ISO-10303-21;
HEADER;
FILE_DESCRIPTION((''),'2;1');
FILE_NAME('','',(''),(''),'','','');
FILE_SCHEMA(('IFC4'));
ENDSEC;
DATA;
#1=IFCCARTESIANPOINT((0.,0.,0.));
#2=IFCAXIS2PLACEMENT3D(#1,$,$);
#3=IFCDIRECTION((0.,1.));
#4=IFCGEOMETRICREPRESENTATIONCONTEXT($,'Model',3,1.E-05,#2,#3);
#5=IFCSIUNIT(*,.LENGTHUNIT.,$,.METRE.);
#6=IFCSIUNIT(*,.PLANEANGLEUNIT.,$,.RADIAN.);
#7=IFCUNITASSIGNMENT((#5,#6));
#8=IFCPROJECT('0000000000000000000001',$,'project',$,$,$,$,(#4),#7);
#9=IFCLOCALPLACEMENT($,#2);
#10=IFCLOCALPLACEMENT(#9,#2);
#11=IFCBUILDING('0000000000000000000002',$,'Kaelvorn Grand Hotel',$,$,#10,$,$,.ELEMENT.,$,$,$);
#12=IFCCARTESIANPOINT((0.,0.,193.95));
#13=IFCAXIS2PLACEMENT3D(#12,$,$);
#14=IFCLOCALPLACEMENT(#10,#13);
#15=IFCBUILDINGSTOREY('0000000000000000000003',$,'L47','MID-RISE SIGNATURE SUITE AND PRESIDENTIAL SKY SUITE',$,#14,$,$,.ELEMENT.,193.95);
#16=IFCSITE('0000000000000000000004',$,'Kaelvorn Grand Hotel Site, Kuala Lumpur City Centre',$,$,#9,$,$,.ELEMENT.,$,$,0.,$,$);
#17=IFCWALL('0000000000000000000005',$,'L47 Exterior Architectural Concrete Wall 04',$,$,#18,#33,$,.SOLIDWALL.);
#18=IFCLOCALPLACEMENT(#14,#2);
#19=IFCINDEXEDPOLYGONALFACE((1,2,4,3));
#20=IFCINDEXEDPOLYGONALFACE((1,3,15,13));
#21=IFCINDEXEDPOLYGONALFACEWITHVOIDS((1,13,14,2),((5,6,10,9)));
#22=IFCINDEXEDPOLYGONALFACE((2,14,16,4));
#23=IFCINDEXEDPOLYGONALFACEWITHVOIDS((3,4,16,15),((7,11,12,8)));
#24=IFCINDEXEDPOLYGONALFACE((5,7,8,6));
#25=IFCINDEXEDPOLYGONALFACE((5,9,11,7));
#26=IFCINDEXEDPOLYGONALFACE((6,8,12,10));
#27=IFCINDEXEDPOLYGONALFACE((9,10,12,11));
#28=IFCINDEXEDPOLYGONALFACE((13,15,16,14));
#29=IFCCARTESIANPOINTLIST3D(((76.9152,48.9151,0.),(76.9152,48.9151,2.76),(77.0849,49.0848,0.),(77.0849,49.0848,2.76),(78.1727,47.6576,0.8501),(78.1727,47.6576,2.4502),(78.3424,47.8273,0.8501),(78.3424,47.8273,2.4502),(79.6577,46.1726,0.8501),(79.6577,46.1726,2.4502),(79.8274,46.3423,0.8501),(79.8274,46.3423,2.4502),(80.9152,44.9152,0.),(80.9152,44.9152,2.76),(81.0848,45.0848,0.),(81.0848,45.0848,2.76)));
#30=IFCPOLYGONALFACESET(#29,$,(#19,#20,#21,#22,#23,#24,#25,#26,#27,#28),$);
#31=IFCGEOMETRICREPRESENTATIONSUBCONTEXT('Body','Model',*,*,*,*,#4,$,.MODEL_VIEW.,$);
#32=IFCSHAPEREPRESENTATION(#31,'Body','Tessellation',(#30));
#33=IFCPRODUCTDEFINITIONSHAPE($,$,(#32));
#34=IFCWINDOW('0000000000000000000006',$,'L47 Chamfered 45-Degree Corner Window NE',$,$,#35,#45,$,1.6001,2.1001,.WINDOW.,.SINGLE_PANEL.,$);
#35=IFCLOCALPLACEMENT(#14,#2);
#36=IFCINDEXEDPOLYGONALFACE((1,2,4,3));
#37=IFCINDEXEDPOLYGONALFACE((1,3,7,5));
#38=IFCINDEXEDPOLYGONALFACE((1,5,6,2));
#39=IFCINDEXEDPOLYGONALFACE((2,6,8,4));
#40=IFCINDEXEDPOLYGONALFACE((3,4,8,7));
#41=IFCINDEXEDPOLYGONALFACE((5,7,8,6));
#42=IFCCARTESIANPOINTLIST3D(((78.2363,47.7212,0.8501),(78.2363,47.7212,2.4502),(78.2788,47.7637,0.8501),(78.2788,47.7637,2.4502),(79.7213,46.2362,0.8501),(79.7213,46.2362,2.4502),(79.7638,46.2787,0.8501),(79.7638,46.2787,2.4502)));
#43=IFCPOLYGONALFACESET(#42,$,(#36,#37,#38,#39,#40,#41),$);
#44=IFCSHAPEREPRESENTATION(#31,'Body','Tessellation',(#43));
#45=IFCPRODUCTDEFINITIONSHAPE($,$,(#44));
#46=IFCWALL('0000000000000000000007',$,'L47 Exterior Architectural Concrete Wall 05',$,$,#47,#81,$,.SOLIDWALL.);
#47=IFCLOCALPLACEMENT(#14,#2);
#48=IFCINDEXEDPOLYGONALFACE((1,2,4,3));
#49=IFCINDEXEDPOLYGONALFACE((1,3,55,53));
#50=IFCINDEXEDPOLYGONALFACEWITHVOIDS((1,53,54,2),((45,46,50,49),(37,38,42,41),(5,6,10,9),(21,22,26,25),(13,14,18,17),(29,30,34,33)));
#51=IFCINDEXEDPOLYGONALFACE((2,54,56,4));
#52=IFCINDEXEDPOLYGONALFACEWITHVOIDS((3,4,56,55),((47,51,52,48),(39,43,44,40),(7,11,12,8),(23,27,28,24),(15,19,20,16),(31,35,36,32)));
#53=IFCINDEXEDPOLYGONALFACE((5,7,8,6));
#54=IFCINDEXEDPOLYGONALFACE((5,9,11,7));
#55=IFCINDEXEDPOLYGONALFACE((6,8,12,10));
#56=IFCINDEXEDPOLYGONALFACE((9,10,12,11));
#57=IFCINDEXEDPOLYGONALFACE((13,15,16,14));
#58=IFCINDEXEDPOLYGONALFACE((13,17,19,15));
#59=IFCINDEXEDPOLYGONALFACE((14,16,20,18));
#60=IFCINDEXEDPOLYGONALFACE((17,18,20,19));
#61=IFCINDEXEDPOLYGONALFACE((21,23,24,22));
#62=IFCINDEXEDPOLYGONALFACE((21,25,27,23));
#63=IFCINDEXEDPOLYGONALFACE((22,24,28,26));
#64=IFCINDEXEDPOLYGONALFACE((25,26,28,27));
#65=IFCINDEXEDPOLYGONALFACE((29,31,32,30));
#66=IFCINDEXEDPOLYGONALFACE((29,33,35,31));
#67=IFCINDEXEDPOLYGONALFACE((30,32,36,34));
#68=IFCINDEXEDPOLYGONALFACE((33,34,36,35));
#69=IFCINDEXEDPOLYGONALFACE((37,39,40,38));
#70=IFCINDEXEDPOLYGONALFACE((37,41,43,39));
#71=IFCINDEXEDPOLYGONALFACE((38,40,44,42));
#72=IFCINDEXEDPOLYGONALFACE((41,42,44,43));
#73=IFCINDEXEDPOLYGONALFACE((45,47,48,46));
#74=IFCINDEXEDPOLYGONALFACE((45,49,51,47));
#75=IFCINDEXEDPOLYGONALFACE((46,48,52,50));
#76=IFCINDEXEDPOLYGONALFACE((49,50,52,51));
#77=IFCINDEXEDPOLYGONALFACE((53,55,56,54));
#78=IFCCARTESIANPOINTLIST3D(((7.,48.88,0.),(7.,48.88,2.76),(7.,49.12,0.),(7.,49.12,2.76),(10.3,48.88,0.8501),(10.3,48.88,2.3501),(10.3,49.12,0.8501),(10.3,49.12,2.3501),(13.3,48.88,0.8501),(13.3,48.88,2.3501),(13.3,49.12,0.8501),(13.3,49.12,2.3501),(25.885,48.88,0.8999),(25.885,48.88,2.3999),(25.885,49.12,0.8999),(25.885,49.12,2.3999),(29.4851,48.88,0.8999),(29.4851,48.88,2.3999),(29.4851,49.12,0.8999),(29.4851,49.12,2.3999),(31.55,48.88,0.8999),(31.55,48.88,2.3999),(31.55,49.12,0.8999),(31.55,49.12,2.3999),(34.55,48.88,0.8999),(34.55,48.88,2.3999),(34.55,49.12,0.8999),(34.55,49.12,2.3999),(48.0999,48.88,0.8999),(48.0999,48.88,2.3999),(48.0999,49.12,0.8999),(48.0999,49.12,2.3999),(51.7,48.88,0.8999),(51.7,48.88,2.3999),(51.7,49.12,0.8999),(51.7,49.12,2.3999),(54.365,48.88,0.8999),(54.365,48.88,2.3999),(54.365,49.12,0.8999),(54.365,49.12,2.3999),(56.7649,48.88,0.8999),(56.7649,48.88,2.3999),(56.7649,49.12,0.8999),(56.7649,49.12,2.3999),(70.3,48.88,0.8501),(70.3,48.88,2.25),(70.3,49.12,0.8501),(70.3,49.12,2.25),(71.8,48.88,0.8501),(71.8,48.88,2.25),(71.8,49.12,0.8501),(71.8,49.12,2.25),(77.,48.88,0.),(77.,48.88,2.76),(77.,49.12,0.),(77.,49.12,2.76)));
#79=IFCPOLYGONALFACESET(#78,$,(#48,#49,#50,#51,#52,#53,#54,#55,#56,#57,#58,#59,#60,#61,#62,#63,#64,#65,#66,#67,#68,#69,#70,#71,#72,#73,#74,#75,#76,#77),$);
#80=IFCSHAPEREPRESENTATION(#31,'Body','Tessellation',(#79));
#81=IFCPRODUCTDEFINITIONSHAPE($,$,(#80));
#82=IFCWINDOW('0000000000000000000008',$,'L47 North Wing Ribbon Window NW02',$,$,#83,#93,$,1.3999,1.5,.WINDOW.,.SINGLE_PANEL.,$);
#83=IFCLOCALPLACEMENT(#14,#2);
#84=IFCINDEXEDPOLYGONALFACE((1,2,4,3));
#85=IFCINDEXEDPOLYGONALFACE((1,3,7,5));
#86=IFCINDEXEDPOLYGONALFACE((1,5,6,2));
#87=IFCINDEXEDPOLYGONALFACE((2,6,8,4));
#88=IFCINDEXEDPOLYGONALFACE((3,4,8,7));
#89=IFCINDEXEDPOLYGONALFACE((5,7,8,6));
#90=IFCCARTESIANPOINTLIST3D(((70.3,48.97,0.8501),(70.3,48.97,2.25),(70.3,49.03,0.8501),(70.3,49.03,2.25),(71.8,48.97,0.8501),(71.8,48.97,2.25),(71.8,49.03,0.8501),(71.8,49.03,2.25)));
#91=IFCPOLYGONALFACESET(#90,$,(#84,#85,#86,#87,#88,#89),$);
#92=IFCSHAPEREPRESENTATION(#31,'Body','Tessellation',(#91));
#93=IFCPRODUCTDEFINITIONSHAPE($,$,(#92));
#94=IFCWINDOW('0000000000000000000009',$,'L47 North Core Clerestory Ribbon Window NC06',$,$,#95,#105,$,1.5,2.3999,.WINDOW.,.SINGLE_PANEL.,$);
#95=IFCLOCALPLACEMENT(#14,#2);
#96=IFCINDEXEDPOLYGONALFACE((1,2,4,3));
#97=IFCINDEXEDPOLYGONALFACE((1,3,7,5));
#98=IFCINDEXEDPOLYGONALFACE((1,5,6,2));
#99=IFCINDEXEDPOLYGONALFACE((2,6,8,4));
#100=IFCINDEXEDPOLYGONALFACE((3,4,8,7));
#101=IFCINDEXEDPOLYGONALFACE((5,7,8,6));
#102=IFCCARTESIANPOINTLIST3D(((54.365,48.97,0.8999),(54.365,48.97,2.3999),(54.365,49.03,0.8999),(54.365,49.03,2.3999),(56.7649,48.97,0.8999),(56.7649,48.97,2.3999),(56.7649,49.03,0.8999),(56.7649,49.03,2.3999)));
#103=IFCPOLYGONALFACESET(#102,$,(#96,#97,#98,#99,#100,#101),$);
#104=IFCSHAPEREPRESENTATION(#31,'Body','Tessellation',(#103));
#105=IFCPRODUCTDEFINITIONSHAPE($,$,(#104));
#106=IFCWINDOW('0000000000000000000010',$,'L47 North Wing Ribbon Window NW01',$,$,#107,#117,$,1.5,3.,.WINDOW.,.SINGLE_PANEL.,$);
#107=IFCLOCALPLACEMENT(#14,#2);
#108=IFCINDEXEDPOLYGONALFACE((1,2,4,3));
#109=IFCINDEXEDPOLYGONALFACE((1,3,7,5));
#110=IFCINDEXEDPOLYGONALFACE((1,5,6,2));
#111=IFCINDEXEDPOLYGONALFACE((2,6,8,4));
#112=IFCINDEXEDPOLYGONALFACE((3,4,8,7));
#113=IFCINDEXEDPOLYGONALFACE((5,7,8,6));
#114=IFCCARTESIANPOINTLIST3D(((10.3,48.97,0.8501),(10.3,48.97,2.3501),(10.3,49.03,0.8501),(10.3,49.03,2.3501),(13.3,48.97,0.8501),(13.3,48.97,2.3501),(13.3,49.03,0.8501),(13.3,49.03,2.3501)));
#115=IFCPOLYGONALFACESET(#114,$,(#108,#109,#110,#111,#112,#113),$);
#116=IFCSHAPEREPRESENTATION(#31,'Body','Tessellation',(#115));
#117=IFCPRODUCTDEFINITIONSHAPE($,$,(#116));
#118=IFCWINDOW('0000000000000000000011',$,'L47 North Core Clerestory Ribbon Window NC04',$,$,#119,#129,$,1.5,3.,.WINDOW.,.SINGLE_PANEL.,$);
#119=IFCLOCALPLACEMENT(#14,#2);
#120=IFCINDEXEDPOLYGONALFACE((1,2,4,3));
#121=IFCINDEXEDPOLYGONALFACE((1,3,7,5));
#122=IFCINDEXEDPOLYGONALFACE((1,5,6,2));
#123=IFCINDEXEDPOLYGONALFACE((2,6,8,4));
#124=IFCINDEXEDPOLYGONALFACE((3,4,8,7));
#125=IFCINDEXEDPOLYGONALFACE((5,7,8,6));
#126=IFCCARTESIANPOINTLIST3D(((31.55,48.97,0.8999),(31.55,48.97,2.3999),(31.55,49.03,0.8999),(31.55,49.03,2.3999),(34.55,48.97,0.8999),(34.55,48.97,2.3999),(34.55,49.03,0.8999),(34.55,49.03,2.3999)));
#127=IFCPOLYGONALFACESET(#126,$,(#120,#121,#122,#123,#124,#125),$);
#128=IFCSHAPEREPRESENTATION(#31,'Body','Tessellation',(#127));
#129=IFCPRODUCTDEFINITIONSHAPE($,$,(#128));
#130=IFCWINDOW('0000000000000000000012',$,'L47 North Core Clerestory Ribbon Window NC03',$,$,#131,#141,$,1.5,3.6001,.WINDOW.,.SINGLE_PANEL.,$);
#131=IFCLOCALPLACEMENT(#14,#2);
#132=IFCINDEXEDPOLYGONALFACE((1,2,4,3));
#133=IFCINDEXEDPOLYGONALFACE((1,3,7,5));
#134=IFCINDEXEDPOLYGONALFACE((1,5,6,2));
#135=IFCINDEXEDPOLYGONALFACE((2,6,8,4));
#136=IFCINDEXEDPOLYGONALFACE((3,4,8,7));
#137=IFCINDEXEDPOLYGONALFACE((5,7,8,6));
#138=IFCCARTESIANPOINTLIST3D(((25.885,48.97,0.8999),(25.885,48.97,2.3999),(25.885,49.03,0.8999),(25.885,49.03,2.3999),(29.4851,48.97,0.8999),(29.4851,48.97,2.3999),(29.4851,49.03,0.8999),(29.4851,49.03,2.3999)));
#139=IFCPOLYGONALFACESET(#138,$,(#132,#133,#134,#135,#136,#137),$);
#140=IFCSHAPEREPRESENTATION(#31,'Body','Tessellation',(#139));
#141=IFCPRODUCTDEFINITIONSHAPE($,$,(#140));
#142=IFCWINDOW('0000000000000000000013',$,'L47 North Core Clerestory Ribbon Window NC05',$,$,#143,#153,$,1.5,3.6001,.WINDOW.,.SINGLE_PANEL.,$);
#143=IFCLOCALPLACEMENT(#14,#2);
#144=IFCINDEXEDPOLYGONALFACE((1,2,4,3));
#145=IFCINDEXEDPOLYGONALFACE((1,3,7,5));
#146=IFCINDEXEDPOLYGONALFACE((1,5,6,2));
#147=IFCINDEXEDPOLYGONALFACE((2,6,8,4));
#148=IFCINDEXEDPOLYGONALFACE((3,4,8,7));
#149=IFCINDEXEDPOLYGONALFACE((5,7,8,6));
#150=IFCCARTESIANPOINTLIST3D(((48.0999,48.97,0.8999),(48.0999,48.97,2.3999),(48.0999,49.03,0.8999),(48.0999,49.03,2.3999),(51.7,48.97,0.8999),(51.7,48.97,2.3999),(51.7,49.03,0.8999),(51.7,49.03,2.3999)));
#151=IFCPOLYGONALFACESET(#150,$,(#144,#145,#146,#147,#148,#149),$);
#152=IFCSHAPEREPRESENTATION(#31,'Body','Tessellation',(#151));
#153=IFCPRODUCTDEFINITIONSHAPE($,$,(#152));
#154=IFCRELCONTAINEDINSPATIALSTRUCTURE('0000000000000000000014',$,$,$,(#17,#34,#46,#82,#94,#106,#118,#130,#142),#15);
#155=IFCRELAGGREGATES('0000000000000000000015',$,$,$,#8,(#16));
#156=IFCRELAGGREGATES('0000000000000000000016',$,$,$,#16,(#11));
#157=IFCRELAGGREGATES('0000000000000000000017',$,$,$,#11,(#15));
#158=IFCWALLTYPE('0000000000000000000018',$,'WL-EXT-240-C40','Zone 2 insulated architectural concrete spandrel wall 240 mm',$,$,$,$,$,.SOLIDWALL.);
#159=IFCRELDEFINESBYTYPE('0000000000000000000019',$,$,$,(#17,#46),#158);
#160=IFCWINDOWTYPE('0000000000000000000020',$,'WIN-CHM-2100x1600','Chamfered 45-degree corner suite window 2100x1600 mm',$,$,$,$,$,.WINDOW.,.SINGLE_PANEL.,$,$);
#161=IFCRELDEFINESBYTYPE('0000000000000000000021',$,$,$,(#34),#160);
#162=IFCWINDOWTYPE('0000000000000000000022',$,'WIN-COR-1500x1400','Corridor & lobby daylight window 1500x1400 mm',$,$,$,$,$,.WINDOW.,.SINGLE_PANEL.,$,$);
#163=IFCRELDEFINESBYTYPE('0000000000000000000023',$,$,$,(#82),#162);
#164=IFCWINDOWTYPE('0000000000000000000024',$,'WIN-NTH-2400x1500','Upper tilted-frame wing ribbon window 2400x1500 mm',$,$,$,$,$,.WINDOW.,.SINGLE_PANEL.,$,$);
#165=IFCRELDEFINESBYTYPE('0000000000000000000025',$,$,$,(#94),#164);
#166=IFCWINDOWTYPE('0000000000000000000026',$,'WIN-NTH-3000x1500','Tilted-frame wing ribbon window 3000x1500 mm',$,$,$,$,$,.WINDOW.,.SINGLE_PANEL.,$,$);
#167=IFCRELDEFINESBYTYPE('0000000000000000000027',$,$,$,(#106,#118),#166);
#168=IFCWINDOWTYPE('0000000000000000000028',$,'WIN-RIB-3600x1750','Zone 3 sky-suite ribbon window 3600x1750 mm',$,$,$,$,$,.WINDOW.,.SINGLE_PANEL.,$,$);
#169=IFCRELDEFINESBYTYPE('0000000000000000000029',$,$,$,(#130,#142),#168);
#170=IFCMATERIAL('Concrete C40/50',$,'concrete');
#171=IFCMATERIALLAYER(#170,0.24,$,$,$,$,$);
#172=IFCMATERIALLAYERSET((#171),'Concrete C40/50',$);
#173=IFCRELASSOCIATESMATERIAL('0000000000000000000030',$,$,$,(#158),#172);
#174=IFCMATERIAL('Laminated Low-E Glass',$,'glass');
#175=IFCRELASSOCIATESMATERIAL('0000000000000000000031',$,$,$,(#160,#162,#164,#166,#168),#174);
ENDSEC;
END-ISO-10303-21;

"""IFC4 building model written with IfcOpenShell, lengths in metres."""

from ifc_helpers import new_model, si_unit, direction, frame, frame_2d, origin, place, context, subcontext, project, spatial, rectangle, extrude, material, layer, layer_set, type_object, element, fill, save


model = new_model("IFC4")

# Units and contexts
model_context = context("Model", 3, precision=1e-05, world=origin(), true_north=direction((0.0, 1.0)))
body_context = subcontext(model_context, "Body", "Model", "MODEL_VIEW")
ifc_project = project(units=[si_unit("LENGTHUNIT", "METRE"), si_unit("PLANEANGLEUNIT", "RADIAN")], contexts=[model_context])

# Site, building, storey
site_placement = place(None, origin())
site = spatial("IfcSite", under=ifc_project, at=site_placement, Name="Kaelvorn Grand Hotel Site, Kuala Lumpur City Centre", CompositionType="ELEMENT", RefElevation=0.0)
building_placement = place(site_placement, origin())
building = spatial("IfcBuilding", under=site, at=building_placement, Name="Kaelvorn Grand Hotel", CompositionType="ELEMENT")
storey_placement = place(building_placement, frame((0.0, 0.0, 193.95)))
storey = spatial("IfcBuildingStorey", under=building, at=storey_placement, Name="L47", Description="MID-RISE SIGNATURE SUITE AND PRESIDENTIAL SKY SUITE", CompositionType="ELEMENT", Elevation=193.95)

# Wall, opening, window
ifc_material_1 = material(Name="Concrete C40/50", Category="concrete")
ifc_layer_1 = layer(ifc_material_1, 0.24)
ifc_layer_set_1 = layer_set([ifc_layer_1], Name="Concrete C40/50")
wall_type_1 = type_object("IfcWallType", Name="WL-EXT-240-C40", Description="Zone 2 insulated architectural concrete spandrel wall 240 mm", PredefinedType="SOLIDWALL", material=ifc_layer_set_1)
wall_1_placement = place(storey_placement, frame((81.0, 45.0, 0.0), z_axis=(0.0, 0.0, 1.0), x_axis=(-0.707107, 0.707107, 0.0)))
wall_1 = element("IfcWall", 1, at=wall_1_placement, inside=storey, type_object=wall_type_1, Name="L47 Exterior Architectural Concrete Wall 04", PredefinedType="SOLIDWALL", context=body_context, shape_type="SweptSolid", body=[
    extrude(rectangle(XDim=5.6567, YDim=0.24, at=frame_2d((2.8284, 0.0))), origin(), (0.0, 0.0, 1.0), 2.76),
])
opening_1_placement = place(wall_1_placement, frame((1.7783, 0.0, 0.8501)))
opening_1 = element("IfcOpeningElement", 2, at=opening_1_placement, cuts=wall_1, PredefinedType="OPENING", context=body_context, shape_type="SweptSolid", body=[
    extrude(rectangle(XDim=2.1001, YDim=1.6001, at=frame_2d((1.05, 0.8))), frame((0.0, 0.1299, 0.0), z_axis=(0.0, -1.0, 0.0), x_axis=(1.0, 0.0, 0.0)), (0.0, 0.0, 1.0), 0.26),
])
ifc_material_2 = material(Name="Laminated Low-E Glass", Category="glass")
window_type_1 = type_object("IfcWindowType", Name="WIN-CHM-2100x1600", Description="Chamfered 45-degree corner suite window 2100x1600 mm", PartitioningType="SINGLE_PANEL", PredefinedType="WINDOW", material=ifc_material_2)
window_1_placement = place(opening_1_placement, origin())
window_1 = element("IfcWindow", 3, at=window_1_placement, inside=storey, type_object=window_type_1, Name="L47 Chamfered 45-Degree Corner Window NE", OverallHeight=1.6001, OverallWidth=2.1001, PartitioningType="SINGLE_PANEL", PredefinedType="WINDOW", context=body_context, shape_type="SweptSolid", body=[
    extrude(rectangle(XDim=2.1001, YDim=1.6001, at=frame_2d((1.05, 0.8))), frame((0.0, 0.03, 0.0), z_axis=(0.0, -1.0, 0.0), x_axis=(1.0, 0.0, 0.0)), (0.0, 0.0, 1.0), 0.0601),
])
fill(opening_1, window_1)

# Wall, openings, windows
wall_2_placement = place(storey_placement, frame((77.0, 49.0, 0.0), z_axis=(0.0, 0.0, 1.0), x_axis=(-1.0, 0.0, 0.0)))
wall_2 = element("IfcWall", 4, at=wall_2_placement, inside=storey, type_object=wall_type_1, Name="L47 Exterior Architectural Concrete Wall 05", PredefinedType="SOLIDWALL", context=body_context, shape_type="SweptSolid", body=[
    extrude(rectangle(XDim=70.0, YDim=0.24, at=frame_2d((35.0, 0.0))), origin(), (0.0, 0.0, 1.0), 2.76),
])
opening_2_placement = place(wall_2_placement, frame((63.7, 0.0, 0.8501)))
opening_2 = element("IfcOpeningElement", 5, at=opening_2_placement, cuts=wall_2, PredefinedType="OPENING", context=body_context, shape_type="SweptSolid", body=[
    extrude(rectangle(XDim=3.0, YDim=1.5, at=frame_2d((1.5, 0.75))), frame((0.0, 0.1299, 0.0), z_axis=(0.0, -1.0, 0.0), x_axis=(1.0, 0.0, 0.0)), (0.0, 0.0, 1.0), 0.26),
])
opening_3_placement = place(wall_2_placement, frame((5.2, 0.0, 0.8501)))
opening_3 = element("IfcOpeningElement", 6, at=opening_3_placement, cuts=wall_2, PredefinedType="OPENING", context=body_context, shape_type="SweptSolid", body=[
    extrude(rectangle(XDim=1.5, YDim=1.3999, at=frame_2d((0.75, 0.7))), frame((0.0, 0.1299, 0.0), z_axis=(0.0, -1.0, 0.0), x_axis=(1.0, 0.0, 0.0)), (0.0, 0.0, 1.0), 0.26),
])
opening_4_placement = place(wall_2_placement, frame((47.5149, 0.0, 0.8999)))
opening_4 = element("IfcOpeningElement", 7, at=opening_4_placement, cuts=wall_2, PredefinedType="OPENING", context=body_context, shape_type="SweptSolid", body=[
    extrude(rectangle(XDim=3.6001, YDim=1.5, at=frame_2d((1.8, 0.75))), frame((0.0, 0.1299, 0.0), z_axis=(0.0, -1.0, 0.0), x_axis=(1.0, 0.0, 0.0)), (0.0, 0.0, 1.0), 0.26),
])
opening_5_placement = place(wall_2_placement, frame((42.45, 0.0, 0.8999)))
opening_5 = element("IfcOpeningElement", 8, at=opening_5_placement, cuts=wall_2, PredefinedType="OPENING", context=body_context, shape_type="SweptSolid", body=[
    extrude(rectangle(XDim=3.0, YDim=1.5, at=frame_2d((1.5, 0.75))), frame((0.0, 0.1299, 0.0), z_axis=(0.0, -1.0, 0.0), x_axis=(1.0, 0.0, 0.0)), (0.0, 0.0, 1.0), 0.26),
])
opening_6_placement = place(wall_2_placement, frame((25.3, 0.0, 0.8999)))
opening_6 = element("IfcOpeningElement", 9, at=opening_6_placement, cuts=wall_2, PredefinedType="OPENING", context=body_context, shape_type="SweptSolid", body=[
    extrude(rectangle(XDim=3.6001, YDim=1.5, at=frame_2d((1.8, 0.75))), frame((0.0, 0.1299, 0.0), z_axis=(0.0, -1.0, 0.0), x_axis=(1.0, 0.0, 0.0)), (0.0, 0.0, 1.0), 0.26),
])
opening_7_placement = place(wall_2_placement, frame((20.2351, 0.0, 0.8999)))
opening_7 = element("IfcOpeningElement", 10, at=opening_7_placement, cuts=wall_2, PredefinedType="OPENING", context=body_context, shape_type="SweptSolid", body=[
    extrude(rectangle(XDim=2.3999, YDim=1.5, at=frame_2d((1.2, 0.75))), frame((0.0, 0.1299, 0.0), z_axis=(0.0, -1.0, 0.0), x_axis=(1.0, 0.0, 0.0)), (0.0, 0.0, 1.0), 0.26),
])
window_type_2 = type_object("IfcWindowType", Name="WIN-COR-1500x1400", Description="Corridor & lobby daylight window 1500x1400 mm", PartitioningType="SINGLE_PANEL", PredefinedType="WINDOW", material=ifc_material_2)
window_2_placement = place(opening_3_placement, origin())
window_2 = element("IfcWindow", 11, at=window_2_placement, inside=storey, type_object=window_type_2, Name="L47 North Wing Ribbon Window NW02", OverallHeight=1.3999, OverallWidth=1.5, PartitioningType="SINGLE_PANEL", PredefinedType="WINDOW", context=body_context, shape_type="SweptSolid", body=[
    extrude(rectangle(XDim=1.5, YDim=1.3999, at=frame_2d((0.75, 0.7))), frame((0.0, 0.03, 0.0), z_axis=(0.0, -1.0, 0.0), x_axis=(1.0, 0.0, 0.0)), (0.0, 0.0, 1.0), 0.0601),
])
fill(opening_3, window_2)
window_type_3 = type_object("IfcWindowType", Name="WIN-NTH-2400x1500", Description="Upper tilted-frame wing ribbon window 2400x1500 mm", PartitioningType="SINGLE_PANEL", PredefinedType="WINDOW", material=ifc_material_2)
window_3_placement = place(opening_7_placement, origin())
window_3 = element("IfcWindow", 12, at=window_3_placement, inside=storey, type_object=window_type_3, Name="L47 North Core Clerestory Ribbon Window NC06", OverallHeight=1.5, OverallWidth=2.3999, PartitioningType="SINGLE_PANEL", PredefinedType="WINDOW", context=body_context, shape_type="SweptSolid", body=[
    extrude(rectangle(XDim=2.3999, YDim=1.5, at=frame_2d((1.2, 0.75))), frame((0.0, 0.03, 0.0), z_axis=(0.0, -1.0, 0.0), x_axis=(1.0, 0.0, 0.0)), (0.0, 0.0, 1.0), 0.0601),
])
fill(opening_7, window_3)
window_type_4 = type_object("IfcWindowType", Name="WIN-NTH-3000x1500", Description="Tilted-frame wing ribbon window 3000x1500 mm", PartitioningType="SINGLE_PANEL", PredefinedType="WINDOW", material=ifc_material_2)
window_4_placement = place(opening_2_placement, origin())
window_4 = element("IfcWindow", 13, at=window_4_placement, inside=storey, type_object=window_type_4, Name="L47 North Wing Ribbon Window NW01", OverallHeight=1.5, OverallWidth=3.0, PartitioningType="SINGLE_PANEL", PredefinedType="WINDOW", context=body_context, shape_type="SweptSolid", body=[
    extrude(rectangle(XDim=3.0, YDim=1.5, at=frame_2d((1.5, 0.75))), frame((0.0, 0.03, 0.0), z_axis=(0.0, -1.0, 0.0), x_axis=(1.0, 0.0, 0.0)), (0.0, 0.0, 1.0), 0.0601),
])
fill(opening_2, window_4)
window_5_placement = place(opening_5_placement, origin())
window_5 = element("IfcWindow", 14, at=window_5_placement, inside=storey, type_object=window_type_4, Name="L47 North Core Clerestory Ribbon Window NC04", OverallHeight=1.5, OverallWidth=3.0, PartitioningType="SINGLE_PANEL", PredefinedType="WINDOW", context=body_context, shape_type="SweptSolid", body=[
    extrude(rectangle(XDim=3.0, YDim=1.5, at=frame_2d((1.5, 0.75))), frame((0.0, 0.03, 0.0), z_axis=(0.0, -1.0, 0.0), x_axis=(1.0, 0.0, 0.0)), (0.0, 0.0, 1.0), 0.0601),
])
fill(opening_5, window_5)
window_type_5 = type_object("IfcWindowType", Name="WIN-RIB-3600x1750", Description="Zone 3 sky-suite ribbon window 3600x1750 mm", PartitioningType="SINGLE_PANEL", PredefinedType="WINDOW", material=ifc_material_2)
window_6_placement = place(opening_4_placement, origin())
window_6 = element("IfcWindow", 15, at=window_6_placement, inside=storey, type_object=window_type_5, Name="L47 North Core Clerestory Ribbon Window NC03", OverallHeight=1.5, OverallWidth=3.6001, PartitioningType="SINGLE_PANEL", PredefinedType="WINDOW", context=body_context, shape_type="SweptSolid", body=[
    extrude(rectangle(XDim=3.6001, YDim=1.5, at=frame_2d((1.8, 0.75))), frame((0.0, 0.03, 0.0), z_axis=(0.0, -1.0, 0.0), x_axis=(1.0, 0.0, 0.0)), (0.0, 0.0, 1.0), 0.0601),
])
fill(opening_4, window_6)
window_7_placement = place(opening_6_placement, origin())
window_7 = element("IfcWindow", 16, at=window_7_placement, inside=storey, type_object=window_type_5, Name="L47 North Core Clerestory Ribbon Window NC05", OverallHeight=1.5, OverallWidth=3.6001, PartitioningType="SINGLE_PANEL", PredefinedType="WINDOW", context=body_context, shape_type="SweptSolid", body=[
    extrude(rectangle(XDim=3.6001, YDim=1.5, at=frame_2d((1.8, 0.75))), frame((0.0, 0.03, 0.0), z_axis=(0.0, -1.0, 0.0), x_axis=(1.0, 0.0, 0.0)), (0.0, 0.0, 1.0), 0.0601),
])
fill(opening_6, window_7)

save(model, "model.ifc")
